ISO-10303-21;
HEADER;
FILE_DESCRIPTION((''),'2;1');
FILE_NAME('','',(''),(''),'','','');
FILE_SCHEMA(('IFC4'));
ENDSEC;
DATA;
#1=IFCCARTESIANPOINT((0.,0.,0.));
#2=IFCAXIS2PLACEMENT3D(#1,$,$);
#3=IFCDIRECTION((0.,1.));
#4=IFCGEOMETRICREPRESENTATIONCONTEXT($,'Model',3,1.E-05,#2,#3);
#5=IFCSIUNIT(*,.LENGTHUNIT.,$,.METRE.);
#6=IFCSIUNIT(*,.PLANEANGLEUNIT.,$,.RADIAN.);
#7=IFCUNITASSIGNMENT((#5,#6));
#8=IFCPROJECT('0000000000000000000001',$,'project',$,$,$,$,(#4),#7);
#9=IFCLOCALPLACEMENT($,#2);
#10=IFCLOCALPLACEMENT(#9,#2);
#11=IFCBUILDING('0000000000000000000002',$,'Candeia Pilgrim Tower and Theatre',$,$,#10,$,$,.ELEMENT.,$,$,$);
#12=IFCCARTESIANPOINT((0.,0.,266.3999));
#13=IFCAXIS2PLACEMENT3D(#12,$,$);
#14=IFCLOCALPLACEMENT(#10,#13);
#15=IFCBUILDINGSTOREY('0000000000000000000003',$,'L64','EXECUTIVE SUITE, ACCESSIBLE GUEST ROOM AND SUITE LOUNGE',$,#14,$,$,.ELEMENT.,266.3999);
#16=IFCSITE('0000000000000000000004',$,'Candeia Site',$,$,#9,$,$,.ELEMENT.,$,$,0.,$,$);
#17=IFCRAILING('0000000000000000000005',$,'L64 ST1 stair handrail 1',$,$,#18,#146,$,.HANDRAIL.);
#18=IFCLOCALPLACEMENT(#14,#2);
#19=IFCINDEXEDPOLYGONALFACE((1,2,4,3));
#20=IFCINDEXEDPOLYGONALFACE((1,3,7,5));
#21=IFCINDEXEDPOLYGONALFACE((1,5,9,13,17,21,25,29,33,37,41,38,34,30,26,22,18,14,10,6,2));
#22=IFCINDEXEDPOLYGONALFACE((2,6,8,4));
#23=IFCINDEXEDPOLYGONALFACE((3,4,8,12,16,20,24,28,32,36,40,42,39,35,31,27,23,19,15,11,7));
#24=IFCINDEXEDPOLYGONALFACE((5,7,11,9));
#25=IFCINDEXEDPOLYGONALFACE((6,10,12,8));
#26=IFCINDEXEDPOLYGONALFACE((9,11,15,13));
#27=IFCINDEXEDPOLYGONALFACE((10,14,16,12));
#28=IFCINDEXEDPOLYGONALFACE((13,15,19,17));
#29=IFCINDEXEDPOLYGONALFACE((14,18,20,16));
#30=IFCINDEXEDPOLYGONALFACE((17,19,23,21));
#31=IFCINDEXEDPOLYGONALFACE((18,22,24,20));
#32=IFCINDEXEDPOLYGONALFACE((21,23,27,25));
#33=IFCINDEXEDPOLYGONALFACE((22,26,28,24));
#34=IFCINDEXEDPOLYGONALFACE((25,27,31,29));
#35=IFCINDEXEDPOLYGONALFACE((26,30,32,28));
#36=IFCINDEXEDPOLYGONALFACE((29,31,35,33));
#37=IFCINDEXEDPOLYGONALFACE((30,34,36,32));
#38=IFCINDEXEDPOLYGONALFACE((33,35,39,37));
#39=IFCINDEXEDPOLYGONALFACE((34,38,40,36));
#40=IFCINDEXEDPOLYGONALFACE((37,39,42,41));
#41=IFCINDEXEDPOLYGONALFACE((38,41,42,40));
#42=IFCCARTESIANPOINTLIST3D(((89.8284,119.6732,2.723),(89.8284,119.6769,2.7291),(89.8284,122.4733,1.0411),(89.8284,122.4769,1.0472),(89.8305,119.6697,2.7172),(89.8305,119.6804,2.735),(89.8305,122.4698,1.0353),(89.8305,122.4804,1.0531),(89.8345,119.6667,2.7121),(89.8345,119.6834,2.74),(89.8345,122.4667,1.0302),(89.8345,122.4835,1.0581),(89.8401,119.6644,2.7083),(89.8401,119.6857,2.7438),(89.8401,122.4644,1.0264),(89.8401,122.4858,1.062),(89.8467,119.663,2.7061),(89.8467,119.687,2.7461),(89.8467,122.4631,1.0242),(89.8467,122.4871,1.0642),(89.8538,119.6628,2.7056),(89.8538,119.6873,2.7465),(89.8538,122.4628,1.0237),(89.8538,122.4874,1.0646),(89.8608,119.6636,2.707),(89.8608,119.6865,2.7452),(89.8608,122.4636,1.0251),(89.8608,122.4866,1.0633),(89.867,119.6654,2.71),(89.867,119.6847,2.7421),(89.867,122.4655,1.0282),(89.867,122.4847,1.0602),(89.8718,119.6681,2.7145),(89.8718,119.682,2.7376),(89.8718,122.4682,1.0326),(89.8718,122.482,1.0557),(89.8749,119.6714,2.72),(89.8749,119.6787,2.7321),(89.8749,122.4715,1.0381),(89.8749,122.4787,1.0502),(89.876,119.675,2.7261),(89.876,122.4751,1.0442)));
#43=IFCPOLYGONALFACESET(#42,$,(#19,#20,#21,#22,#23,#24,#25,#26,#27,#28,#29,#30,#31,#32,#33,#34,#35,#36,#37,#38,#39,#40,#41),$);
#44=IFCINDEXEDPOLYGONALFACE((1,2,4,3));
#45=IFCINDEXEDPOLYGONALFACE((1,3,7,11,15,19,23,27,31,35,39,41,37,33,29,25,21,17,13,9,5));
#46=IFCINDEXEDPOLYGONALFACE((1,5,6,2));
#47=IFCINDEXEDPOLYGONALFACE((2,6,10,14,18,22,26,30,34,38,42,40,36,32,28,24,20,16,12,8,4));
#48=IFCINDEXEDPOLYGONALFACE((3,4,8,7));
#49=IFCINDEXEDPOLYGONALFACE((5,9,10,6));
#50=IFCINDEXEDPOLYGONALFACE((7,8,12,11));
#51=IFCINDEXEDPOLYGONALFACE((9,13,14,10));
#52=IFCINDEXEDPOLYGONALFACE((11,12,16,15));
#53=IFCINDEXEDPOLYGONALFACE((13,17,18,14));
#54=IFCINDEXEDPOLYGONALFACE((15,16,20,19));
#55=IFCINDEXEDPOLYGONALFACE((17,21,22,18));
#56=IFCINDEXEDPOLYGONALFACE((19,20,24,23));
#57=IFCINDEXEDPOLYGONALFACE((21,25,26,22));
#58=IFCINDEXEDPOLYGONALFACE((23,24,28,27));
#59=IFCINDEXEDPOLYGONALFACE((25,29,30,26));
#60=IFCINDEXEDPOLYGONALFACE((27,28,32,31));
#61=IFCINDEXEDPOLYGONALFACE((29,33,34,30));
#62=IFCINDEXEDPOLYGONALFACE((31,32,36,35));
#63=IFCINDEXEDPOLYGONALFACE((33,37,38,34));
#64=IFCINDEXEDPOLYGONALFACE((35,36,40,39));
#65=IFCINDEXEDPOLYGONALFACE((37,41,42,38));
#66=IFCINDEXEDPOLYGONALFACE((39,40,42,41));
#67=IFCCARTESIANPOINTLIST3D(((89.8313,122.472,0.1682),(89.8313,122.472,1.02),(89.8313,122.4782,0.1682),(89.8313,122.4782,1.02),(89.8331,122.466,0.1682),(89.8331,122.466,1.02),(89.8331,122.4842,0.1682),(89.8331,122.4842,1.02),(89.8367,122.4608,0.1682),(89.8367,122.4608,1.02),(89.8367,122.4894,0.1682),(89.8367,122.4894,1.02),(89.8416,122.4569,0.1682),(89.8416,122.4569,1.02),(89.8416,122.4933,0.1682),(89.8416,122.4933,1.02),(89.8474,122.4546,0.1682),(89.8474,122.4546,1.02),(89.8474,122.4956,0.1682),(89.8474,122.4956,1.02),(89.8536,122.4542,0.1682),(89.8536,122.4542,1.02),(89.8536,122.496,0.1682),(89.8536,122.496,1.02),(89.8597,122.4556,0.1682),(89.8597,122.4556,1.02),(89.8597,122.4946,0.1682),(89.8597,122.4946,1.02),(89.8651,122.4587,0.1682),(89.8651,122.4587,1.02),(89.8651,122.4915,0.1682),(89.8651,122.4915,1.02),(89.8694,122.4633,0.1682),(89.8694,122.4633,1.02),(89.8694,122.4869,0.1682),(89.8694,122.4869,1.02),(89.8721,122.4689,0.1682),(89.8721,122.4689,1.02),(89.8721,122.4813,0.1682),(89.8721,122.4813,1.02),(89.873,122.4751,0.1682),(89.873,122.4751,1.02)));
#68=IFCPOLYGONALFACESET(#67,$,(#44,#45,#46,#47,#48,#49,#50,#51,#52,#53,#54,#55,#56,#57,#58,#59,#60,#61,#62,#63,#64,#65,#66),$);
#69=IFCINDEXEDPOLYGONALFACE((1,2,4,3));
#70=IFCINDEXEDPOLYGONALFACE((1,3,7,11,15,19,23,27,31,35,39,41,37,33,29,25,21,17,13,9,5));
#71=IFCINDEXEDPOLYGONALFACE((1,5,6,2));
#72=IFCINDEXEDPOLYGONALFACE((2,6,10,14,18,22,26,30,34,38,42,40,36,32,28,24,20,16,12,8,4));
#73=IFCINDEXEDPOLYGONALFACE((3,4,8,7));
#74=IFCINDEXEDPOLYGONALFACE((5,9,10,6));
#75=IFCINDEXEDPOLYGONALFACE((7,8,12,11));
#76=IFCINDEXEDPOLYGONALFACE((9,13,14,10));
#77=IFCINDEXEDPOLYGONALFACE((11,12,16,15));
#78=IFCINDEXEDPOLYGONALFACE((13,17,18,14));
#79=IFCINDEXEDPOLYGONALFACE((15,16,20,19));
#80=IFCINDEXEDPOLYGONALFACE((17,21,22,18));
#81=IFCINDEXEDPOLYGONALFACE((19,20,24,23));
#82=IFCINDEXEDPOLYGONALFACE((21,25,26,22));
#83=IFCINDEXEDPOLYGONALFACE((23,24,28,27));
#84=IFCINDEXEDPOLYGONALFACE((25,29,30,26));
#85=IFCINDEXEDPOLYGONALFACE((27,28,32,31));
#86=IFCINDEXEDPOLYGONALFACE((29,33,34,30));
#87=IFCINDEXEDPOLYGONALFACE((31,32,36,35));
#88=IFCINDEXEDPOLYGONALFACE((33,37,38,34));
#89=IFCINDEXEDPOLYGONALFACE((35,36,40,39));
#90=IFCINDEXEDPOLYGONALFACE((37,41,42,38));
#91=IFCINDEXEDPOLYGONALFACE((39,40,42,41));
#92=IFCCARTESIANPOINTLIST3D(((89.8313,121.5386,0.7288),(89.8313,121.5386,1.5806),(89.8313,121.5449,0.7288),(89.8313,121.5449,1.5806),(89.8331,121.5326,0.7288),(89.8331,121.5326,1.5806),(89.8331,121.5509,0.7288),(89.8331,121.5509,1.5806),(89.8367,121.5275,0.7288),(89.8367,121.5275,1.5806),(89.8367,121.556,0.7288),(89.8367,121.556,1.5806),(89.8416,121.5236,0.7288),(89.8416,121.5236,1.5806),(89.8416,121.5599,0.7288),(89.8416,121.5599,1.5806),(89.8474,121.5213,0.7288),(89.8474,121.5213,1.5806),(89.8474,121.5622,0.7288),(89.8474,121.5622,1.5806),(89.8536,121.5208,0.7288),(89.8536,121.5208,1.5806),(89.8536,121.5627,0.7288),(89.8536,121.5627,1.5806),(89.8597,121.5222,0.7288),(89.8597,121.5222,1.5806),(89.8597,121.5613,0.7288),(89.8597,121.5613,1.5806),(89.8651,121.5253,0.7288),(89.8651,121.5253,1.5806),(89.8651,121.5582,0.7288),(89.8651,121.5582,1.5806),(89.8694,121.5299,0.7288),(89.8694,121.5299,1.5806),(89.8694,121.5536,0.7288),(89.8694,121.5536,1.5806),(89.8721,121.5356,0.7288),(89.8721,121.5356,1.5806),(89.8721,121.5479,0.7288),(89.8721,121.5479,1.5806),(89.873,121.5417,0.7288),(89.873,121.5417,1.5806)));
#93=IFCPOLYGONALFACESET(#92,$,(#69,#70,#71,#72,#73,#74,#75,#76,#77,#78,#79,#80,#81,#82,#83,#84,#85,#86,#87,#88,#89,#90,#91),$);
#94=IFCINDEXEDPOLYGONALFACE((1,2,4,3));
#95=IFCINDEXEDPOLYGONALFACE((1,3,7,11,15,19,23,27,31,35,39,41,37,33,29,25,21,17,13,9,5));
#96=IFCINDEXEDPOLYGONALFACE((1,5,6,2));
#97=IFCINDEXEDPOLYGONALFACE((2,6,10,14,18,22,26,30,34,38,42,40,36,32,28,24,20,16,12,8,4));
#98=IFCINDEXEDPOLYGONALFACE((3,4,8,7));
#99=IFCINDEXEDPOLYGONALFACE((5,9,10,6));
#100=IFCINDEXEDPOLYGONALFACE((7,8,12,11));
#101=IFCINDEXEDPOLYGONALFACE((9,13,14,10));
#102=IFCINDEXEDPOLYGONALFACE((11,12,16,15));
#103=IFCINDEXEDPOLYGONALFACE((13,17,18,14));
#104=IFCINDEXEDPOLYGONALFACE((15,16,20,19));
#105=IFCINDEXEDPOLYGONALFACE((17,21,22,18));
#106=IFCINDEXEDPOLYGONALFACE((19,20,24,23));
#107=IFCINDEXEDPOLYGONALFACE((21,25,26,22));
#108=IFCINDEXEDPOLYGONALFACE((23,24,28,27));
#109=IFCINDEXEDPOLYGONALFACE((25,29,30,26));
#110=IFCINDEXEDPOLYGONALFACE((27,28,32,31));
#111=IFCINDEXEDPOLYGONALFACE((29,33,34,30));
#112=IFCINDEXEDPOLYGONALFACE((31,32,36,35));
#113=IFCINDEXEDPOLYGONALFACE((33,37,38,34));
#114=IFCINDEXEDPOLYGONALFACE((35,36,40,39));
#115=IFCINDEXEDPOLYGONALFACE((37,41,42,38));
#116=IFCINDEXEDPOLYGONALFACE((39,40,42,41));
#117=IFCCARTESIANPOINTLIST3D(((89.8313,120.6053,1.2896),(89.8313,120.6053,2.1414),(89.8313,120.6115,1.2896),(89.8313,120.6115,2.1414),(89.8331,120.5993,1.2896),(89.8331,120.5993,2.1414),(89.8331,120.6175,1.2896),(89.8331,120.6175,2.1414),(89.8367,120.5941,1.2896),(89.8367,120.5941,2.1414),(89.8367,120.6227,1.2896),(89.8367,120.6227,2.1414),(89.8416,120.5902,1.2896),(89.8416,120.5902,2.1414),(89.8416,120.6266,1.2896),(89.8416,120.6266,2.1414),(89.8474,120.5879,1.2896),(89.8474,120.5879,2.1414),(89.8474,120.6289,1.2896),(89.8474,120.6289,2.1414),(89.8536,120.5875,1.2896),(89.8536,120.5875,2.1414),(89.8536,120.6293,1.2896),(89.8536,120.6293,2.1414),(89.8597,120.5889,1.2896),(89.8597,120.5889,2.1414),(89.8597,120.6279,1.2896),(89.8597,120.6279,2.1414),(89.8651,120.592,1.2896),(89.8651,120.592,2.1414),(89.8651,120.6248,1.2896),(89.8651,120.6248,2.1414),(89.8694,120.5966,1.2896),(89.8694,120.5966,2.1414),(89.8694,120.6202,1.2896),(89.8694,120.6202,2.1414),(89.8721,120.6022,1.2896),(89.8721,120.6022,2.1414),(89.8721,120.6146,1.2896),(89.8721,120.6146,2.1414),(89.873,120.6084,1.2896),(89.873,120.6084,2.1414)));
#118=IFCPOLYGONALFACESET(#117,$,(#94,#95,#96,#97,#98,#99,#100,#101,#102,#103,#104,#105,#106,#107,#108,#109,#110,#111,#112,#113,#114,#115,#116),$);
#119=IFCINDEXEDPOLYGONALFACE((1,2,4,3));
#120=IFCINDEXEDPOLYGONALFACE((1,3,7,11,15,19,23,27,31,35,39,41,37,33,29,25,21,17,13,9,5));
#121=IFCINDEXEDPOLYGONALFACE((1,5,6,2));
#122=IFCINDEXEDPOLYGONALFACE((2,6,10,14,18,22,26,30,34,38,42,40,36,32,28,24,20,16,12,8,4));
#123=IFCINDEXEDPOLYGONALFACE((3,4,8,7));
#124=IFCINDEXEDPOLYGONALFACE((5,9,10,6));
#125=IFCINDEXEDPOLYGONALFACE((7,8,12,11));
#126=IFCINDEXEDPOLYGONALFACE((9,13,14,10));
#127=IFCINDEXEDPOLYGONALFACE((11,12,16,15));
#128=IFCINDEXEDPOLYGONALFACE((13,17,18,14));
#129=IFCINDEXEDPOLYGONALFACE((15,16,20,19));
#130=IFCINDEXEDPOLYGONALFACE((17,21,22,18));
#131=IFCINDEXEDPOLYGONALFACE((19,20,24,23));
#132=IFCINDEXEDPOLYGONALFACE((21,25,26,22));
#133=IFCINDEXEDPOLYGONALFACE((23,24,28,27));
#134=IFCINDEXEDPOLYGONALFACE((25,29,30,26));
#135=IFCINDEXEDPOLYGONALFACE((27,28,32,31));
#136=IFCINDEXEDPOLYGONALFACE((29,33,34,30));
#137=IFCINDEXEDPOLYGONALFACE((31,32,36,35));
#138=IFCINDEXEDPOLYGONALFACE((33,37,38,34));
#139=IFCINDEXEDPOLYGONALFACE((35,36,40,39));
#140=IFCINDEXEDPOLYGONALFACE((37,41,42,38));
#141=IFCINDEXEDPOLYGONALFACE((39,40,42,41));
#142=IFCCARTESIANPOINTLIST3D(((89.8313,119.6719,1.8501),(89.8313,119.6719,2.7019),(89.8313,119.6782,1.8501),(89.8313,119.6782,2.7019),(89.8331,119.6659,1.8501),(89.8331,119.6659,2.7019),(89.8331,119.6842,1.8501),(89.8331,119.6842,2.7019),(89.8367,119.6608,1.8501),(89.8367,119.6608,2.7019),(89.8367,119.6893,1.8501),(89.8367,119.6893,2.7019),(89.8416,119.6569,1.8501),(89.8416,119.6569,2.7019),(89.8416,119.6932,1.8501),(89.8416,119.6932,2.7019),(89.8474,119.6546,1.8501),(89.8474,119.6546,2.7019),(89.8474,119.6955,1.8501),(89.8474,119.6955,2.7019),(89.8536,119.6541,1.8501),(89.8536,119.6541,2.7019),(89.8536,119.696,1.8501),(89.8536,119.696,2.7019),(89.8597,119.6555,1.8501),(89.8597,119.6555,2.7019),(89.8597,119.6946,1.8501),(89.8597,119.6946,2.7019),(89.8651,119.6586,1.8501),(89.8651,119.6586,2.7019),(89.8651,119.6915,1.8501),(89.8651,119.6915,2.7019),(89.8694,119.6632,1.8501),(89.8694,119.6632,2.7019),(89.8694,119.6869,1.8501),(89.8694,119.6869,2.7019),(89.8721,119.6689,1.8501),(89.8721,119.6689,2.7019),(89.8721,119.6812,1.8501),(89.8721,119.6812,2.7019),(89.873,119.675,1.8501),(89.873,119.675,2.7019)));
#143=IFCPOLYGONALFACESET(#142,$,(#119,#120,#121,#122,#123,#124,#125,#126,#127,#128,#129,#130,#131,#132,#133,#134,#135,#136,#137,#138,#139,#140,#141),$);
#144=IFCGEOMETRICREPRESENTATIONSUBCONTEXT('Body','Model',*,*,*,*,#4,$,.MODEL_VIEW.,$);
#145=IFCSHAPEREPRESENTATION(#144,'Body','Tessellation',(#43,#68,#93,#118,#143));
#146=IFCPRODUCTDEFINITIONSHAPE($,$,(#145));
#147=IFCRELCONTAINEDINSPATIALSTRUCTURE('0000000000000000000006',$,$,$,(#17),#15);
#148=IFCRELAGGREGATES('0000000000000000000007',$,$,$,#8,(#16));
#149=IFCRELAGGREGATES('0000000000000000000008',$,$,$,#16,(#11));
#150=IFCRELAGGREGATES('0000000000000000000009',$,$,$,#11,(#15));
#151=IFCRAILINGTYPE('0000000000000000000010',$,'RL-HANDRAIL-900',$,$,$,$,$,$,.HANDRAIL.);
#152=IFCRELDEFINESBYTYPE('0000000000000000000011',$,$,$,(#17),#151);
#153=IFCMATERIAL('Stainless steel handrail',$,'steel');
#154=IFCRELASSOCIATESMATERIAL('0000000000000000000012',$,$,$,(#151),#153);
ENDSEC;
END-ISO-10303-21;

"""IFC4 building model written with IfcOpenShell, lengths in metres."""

from ifc_helpers import new_model, si_unit, direction, frame, origin, origin_2d, place, context, subcontext, project, spatial, circle, extrude, material, type_object, element, save


model = new_model("IFC4")

# Units and contexts
model_context = context("Model", 3, precision=1e-05, world=origin(), true_north=direction((0.0, 1.0)))
body_context = subcontext(model_context, "Body", "Model", "MODEL_VIEW")
ifc_project = project(units=[si_unit("LENGTHUNIT", "METRE"), si_unit("PLANEANGLEUNIT", "RADIAN")], contexts=[model_context])

# Site, building, storey
site_placement = place(None, origin())
site = spatial("IfcSite", under=ifc_project, at=site_placement, Name="Candeia Site", CompositionType="ELEMENT", RefElevation=0.0)
building_placement = place(site_placement, origin())
building = spatial("IfcBuilding", under=site, at=building_placement, Name="Candeia Pilgrim Tower and Theatre", CompositionType="ELEMENT")
storey_placement = place(building_placement, frame((0.0, 0.0, 266.3999)))
storey = spatial("IfcBuildingStorey", under=building, at=storey_placement, Name="L64", Description="EXECUTIVE SUITE, ACCESSIBLE GUEST ROOM AND SUITE LOUNGE", CompositionType="ELEMENT", Elevation=266.3999)

# Railing
ifc_material_1 = material(Name="Stainless steel handrail", Category="steel")
railing_type_1 = type_object("IfcRailingType", Name="RL-HANDRAIL-900", PredefinedType="HANDRAIL", material=ifc_material_1)
railing_1_placement = place(storey_placement, frame((89.8521, 122.4751, 0.1682)))
element("IfcRailing", 1, at=railing_1_placement, inside=storey, type_object=railing_type_1, Name="L64 ST1 stair handrail 1", PredefinedType="HANDRAIL", context=body_context, shape_type="SweptSolid", body=[
    extrude(circle(Radius=0.0239, at=origin_2d()), frame((0.0, 0.0, 0.876), z_axis=(0.0, -0.857242, 0.514913), x_axis=(1.0, 0.0, 0.0)), (0.0, 0.0, 1.0), 3.2664),
    extrude(circle(Radius=0.021, at=origin_2d()), origin(), (0.0, 0.0, 1.0), 0.8518),
    extrude(circle(Radius=0.021, at=origin_2d()), frame((0.0, -0.9333, 0.5605)), (0.0, 0.0, 1.0), 0.8518),
    extrude(circle(Radius=0.021, at=origin_2d()), frame((0.0, -1.8667, 1.1213)), (0.0, 0.0, 1.0), 0.8518),
    extrude(circle(Radius=0.021, at=origin_2d()), frame((0.0, -2.8, 1.6819)), (0.0, 0.0, 1.0), 0.8518),
])

save(model, "model.ifc")
